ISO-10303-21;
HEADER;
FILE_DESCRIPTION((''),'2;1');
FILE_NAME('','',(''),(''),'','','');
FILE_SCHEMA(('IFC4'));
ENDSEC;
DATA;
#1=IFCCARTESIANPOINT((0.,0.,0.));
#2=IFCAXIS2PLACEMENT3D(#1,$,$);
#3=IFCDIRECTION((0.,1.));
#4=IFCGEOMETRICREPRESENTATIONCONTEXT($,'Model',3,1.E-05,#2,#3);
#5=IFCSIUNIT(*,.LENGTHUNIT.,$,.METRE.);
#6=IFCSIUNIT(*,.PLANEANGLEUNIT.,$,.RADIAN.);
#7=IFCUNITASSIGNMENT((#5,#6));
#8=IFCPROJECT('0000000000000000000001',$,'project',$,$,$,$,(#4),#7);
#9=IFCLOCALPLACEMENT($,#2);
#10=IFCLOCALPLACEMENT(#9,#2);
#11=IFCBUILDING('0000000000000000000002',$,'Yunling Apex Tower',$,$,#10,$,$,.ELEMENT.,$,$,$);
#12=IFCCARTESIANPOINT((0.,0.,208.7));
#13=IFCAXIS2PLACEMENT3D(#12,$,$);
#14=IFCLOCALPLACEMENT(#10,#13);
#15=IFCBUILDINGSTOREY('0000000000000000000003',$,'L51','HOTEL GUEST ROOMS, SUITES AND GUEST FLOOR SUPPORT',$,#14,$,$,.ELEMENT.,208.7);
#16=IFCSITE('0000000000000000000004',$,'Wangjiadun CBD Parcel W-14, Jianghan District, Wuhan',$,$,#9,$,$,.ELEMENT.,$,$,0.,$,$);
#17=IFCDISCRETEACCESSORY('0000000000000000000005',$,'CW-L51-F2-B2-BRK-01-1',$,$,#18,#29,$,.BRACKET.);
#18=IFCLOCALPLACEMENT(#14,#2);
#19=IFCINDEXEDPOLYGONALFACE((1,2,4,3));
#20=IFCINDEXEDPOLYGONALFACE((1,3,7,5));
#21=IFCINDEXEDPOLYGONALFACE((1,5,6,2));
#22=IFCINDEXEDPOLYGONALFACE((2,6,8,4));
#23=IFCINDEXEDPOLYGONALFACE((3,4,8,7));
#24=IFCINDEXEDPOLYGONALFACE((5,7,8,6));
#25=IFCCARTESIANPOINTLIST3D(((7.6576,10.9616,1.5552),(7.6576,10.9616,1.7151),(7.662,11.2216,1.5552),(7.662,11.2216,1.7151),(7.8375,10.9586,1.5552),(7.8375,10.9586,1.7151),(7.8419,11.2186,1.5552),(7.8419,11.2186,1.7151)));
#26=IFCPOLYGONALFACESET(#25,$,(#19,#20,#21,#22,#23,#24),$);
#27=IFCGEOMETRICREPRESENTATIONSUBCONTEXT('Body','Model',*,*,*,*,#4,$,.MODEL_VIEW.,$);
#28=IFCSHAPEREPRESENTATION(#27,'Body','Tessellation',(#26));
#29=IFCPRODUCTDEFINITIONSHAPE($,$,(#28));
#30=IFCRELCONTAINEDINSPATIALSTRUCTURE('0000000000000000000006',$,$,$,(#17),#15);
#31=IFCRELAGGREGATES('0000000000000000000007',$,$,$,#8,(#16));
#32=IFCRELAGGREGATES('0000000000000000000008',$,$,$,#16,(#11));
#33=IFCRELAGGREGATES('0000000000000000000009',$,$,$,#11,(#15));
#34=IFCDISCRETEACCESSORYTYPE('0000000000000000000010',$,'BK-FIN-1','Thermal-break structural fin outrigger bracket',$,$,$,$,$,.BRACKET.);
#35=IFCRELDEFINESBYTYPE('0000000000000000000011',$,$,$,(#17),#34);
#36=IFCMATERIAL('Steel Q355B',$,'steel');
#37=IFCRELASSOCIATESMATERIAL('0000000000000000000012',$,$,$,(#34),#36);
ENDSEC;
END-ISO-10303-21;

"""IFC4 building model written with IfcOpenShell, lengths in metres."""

from ifc_helpers import new_model, si_unit, direction, frame, origin, origin_2d, place, context, subcontext, project, spatial, rectangle, extrude, source, transform, mapped, material, type_object, element, save


model = new_model("IFC4")

# Units and contexts
model_context = context("Model", 3, precision=1e-05, world=origin(), true_north=direction((0.0, 1.0)))
body_context = subcontext(model_context, "Body", "Model", "MODEL_VIEW")
ifc_project = project(units=[si_unit("LENGTHUNIT", "METRE"), si_unit("PLANEANGLEUNIT", "RADIAN")], contexts=[model_context])

# Site, building, storey
site_placement = place(None, origin())
site = spatial("IfcSite", under=ifc_project, at=site_placement, Name="Wangjiadun CBD Parcel W-14, Jianghan District, Wuhan", CompositionType="ELEMENT", RefElevation=0.0)
building_placement = place(site_placement, origin())
building = spatial("IfcBuilding", under=site, at=building_placement, Name="Yunling Apex Tower", CompositionType="ELEMENT")
storey_placement = place(building_placement, frame((0.0, 0.0, 208.7)))
storey = spatial("IfcBuildingStorey", under=building, at=storey_placement, Name="L51", Description="HOTEL GUEST ROOMS, SUITES AND GUEST FLOOR SUPPORT", CompositionType="ELEMENT", Elevation=208.7)

# Shared definitions
ifc_material_1 = material(Name="Steel Q355B", Category="steel")

# Discrete accessory
discrete_accessory_type = type_object("IfcDiscreteAccessoryType", Name="BK-FIN-1", Description="Thermal-break structural fin outrigger bracket", PredefinedType="BRACKET", material=ifc_material_1)
shared_shape_1 = source(origin(), body_context, "Body", "SweptSolid", [
    extrude(rectangle(XDim=0.1799, YDim=0.26, at=origin_2d()), origin(), (0.0, 0.0, 1.0), 0.1599),
])
discrete_accessory_placement = place(storey_placement, frame((7.7498, 11.0901, 1.5552), z_axis=(0.0, 0.0, 1.0), x_axis=(-0.99986, 0.016754, 0.0)))
element("IfcDiscreteAccessory", 1, at=discrete_accessory_placement, inside=storey, type_object=discrete_accessory_type, Name="CW-L51-F2-B2-BRK-01-1", PredefinedType="BRACKET", context=body_context, shape_type="MappedRepresentation", body=[
    mapped(shared_shape_1, transform((0.0, 0.0, 0.0), scale=1.0)),
])

save(model, "model.ifc")
